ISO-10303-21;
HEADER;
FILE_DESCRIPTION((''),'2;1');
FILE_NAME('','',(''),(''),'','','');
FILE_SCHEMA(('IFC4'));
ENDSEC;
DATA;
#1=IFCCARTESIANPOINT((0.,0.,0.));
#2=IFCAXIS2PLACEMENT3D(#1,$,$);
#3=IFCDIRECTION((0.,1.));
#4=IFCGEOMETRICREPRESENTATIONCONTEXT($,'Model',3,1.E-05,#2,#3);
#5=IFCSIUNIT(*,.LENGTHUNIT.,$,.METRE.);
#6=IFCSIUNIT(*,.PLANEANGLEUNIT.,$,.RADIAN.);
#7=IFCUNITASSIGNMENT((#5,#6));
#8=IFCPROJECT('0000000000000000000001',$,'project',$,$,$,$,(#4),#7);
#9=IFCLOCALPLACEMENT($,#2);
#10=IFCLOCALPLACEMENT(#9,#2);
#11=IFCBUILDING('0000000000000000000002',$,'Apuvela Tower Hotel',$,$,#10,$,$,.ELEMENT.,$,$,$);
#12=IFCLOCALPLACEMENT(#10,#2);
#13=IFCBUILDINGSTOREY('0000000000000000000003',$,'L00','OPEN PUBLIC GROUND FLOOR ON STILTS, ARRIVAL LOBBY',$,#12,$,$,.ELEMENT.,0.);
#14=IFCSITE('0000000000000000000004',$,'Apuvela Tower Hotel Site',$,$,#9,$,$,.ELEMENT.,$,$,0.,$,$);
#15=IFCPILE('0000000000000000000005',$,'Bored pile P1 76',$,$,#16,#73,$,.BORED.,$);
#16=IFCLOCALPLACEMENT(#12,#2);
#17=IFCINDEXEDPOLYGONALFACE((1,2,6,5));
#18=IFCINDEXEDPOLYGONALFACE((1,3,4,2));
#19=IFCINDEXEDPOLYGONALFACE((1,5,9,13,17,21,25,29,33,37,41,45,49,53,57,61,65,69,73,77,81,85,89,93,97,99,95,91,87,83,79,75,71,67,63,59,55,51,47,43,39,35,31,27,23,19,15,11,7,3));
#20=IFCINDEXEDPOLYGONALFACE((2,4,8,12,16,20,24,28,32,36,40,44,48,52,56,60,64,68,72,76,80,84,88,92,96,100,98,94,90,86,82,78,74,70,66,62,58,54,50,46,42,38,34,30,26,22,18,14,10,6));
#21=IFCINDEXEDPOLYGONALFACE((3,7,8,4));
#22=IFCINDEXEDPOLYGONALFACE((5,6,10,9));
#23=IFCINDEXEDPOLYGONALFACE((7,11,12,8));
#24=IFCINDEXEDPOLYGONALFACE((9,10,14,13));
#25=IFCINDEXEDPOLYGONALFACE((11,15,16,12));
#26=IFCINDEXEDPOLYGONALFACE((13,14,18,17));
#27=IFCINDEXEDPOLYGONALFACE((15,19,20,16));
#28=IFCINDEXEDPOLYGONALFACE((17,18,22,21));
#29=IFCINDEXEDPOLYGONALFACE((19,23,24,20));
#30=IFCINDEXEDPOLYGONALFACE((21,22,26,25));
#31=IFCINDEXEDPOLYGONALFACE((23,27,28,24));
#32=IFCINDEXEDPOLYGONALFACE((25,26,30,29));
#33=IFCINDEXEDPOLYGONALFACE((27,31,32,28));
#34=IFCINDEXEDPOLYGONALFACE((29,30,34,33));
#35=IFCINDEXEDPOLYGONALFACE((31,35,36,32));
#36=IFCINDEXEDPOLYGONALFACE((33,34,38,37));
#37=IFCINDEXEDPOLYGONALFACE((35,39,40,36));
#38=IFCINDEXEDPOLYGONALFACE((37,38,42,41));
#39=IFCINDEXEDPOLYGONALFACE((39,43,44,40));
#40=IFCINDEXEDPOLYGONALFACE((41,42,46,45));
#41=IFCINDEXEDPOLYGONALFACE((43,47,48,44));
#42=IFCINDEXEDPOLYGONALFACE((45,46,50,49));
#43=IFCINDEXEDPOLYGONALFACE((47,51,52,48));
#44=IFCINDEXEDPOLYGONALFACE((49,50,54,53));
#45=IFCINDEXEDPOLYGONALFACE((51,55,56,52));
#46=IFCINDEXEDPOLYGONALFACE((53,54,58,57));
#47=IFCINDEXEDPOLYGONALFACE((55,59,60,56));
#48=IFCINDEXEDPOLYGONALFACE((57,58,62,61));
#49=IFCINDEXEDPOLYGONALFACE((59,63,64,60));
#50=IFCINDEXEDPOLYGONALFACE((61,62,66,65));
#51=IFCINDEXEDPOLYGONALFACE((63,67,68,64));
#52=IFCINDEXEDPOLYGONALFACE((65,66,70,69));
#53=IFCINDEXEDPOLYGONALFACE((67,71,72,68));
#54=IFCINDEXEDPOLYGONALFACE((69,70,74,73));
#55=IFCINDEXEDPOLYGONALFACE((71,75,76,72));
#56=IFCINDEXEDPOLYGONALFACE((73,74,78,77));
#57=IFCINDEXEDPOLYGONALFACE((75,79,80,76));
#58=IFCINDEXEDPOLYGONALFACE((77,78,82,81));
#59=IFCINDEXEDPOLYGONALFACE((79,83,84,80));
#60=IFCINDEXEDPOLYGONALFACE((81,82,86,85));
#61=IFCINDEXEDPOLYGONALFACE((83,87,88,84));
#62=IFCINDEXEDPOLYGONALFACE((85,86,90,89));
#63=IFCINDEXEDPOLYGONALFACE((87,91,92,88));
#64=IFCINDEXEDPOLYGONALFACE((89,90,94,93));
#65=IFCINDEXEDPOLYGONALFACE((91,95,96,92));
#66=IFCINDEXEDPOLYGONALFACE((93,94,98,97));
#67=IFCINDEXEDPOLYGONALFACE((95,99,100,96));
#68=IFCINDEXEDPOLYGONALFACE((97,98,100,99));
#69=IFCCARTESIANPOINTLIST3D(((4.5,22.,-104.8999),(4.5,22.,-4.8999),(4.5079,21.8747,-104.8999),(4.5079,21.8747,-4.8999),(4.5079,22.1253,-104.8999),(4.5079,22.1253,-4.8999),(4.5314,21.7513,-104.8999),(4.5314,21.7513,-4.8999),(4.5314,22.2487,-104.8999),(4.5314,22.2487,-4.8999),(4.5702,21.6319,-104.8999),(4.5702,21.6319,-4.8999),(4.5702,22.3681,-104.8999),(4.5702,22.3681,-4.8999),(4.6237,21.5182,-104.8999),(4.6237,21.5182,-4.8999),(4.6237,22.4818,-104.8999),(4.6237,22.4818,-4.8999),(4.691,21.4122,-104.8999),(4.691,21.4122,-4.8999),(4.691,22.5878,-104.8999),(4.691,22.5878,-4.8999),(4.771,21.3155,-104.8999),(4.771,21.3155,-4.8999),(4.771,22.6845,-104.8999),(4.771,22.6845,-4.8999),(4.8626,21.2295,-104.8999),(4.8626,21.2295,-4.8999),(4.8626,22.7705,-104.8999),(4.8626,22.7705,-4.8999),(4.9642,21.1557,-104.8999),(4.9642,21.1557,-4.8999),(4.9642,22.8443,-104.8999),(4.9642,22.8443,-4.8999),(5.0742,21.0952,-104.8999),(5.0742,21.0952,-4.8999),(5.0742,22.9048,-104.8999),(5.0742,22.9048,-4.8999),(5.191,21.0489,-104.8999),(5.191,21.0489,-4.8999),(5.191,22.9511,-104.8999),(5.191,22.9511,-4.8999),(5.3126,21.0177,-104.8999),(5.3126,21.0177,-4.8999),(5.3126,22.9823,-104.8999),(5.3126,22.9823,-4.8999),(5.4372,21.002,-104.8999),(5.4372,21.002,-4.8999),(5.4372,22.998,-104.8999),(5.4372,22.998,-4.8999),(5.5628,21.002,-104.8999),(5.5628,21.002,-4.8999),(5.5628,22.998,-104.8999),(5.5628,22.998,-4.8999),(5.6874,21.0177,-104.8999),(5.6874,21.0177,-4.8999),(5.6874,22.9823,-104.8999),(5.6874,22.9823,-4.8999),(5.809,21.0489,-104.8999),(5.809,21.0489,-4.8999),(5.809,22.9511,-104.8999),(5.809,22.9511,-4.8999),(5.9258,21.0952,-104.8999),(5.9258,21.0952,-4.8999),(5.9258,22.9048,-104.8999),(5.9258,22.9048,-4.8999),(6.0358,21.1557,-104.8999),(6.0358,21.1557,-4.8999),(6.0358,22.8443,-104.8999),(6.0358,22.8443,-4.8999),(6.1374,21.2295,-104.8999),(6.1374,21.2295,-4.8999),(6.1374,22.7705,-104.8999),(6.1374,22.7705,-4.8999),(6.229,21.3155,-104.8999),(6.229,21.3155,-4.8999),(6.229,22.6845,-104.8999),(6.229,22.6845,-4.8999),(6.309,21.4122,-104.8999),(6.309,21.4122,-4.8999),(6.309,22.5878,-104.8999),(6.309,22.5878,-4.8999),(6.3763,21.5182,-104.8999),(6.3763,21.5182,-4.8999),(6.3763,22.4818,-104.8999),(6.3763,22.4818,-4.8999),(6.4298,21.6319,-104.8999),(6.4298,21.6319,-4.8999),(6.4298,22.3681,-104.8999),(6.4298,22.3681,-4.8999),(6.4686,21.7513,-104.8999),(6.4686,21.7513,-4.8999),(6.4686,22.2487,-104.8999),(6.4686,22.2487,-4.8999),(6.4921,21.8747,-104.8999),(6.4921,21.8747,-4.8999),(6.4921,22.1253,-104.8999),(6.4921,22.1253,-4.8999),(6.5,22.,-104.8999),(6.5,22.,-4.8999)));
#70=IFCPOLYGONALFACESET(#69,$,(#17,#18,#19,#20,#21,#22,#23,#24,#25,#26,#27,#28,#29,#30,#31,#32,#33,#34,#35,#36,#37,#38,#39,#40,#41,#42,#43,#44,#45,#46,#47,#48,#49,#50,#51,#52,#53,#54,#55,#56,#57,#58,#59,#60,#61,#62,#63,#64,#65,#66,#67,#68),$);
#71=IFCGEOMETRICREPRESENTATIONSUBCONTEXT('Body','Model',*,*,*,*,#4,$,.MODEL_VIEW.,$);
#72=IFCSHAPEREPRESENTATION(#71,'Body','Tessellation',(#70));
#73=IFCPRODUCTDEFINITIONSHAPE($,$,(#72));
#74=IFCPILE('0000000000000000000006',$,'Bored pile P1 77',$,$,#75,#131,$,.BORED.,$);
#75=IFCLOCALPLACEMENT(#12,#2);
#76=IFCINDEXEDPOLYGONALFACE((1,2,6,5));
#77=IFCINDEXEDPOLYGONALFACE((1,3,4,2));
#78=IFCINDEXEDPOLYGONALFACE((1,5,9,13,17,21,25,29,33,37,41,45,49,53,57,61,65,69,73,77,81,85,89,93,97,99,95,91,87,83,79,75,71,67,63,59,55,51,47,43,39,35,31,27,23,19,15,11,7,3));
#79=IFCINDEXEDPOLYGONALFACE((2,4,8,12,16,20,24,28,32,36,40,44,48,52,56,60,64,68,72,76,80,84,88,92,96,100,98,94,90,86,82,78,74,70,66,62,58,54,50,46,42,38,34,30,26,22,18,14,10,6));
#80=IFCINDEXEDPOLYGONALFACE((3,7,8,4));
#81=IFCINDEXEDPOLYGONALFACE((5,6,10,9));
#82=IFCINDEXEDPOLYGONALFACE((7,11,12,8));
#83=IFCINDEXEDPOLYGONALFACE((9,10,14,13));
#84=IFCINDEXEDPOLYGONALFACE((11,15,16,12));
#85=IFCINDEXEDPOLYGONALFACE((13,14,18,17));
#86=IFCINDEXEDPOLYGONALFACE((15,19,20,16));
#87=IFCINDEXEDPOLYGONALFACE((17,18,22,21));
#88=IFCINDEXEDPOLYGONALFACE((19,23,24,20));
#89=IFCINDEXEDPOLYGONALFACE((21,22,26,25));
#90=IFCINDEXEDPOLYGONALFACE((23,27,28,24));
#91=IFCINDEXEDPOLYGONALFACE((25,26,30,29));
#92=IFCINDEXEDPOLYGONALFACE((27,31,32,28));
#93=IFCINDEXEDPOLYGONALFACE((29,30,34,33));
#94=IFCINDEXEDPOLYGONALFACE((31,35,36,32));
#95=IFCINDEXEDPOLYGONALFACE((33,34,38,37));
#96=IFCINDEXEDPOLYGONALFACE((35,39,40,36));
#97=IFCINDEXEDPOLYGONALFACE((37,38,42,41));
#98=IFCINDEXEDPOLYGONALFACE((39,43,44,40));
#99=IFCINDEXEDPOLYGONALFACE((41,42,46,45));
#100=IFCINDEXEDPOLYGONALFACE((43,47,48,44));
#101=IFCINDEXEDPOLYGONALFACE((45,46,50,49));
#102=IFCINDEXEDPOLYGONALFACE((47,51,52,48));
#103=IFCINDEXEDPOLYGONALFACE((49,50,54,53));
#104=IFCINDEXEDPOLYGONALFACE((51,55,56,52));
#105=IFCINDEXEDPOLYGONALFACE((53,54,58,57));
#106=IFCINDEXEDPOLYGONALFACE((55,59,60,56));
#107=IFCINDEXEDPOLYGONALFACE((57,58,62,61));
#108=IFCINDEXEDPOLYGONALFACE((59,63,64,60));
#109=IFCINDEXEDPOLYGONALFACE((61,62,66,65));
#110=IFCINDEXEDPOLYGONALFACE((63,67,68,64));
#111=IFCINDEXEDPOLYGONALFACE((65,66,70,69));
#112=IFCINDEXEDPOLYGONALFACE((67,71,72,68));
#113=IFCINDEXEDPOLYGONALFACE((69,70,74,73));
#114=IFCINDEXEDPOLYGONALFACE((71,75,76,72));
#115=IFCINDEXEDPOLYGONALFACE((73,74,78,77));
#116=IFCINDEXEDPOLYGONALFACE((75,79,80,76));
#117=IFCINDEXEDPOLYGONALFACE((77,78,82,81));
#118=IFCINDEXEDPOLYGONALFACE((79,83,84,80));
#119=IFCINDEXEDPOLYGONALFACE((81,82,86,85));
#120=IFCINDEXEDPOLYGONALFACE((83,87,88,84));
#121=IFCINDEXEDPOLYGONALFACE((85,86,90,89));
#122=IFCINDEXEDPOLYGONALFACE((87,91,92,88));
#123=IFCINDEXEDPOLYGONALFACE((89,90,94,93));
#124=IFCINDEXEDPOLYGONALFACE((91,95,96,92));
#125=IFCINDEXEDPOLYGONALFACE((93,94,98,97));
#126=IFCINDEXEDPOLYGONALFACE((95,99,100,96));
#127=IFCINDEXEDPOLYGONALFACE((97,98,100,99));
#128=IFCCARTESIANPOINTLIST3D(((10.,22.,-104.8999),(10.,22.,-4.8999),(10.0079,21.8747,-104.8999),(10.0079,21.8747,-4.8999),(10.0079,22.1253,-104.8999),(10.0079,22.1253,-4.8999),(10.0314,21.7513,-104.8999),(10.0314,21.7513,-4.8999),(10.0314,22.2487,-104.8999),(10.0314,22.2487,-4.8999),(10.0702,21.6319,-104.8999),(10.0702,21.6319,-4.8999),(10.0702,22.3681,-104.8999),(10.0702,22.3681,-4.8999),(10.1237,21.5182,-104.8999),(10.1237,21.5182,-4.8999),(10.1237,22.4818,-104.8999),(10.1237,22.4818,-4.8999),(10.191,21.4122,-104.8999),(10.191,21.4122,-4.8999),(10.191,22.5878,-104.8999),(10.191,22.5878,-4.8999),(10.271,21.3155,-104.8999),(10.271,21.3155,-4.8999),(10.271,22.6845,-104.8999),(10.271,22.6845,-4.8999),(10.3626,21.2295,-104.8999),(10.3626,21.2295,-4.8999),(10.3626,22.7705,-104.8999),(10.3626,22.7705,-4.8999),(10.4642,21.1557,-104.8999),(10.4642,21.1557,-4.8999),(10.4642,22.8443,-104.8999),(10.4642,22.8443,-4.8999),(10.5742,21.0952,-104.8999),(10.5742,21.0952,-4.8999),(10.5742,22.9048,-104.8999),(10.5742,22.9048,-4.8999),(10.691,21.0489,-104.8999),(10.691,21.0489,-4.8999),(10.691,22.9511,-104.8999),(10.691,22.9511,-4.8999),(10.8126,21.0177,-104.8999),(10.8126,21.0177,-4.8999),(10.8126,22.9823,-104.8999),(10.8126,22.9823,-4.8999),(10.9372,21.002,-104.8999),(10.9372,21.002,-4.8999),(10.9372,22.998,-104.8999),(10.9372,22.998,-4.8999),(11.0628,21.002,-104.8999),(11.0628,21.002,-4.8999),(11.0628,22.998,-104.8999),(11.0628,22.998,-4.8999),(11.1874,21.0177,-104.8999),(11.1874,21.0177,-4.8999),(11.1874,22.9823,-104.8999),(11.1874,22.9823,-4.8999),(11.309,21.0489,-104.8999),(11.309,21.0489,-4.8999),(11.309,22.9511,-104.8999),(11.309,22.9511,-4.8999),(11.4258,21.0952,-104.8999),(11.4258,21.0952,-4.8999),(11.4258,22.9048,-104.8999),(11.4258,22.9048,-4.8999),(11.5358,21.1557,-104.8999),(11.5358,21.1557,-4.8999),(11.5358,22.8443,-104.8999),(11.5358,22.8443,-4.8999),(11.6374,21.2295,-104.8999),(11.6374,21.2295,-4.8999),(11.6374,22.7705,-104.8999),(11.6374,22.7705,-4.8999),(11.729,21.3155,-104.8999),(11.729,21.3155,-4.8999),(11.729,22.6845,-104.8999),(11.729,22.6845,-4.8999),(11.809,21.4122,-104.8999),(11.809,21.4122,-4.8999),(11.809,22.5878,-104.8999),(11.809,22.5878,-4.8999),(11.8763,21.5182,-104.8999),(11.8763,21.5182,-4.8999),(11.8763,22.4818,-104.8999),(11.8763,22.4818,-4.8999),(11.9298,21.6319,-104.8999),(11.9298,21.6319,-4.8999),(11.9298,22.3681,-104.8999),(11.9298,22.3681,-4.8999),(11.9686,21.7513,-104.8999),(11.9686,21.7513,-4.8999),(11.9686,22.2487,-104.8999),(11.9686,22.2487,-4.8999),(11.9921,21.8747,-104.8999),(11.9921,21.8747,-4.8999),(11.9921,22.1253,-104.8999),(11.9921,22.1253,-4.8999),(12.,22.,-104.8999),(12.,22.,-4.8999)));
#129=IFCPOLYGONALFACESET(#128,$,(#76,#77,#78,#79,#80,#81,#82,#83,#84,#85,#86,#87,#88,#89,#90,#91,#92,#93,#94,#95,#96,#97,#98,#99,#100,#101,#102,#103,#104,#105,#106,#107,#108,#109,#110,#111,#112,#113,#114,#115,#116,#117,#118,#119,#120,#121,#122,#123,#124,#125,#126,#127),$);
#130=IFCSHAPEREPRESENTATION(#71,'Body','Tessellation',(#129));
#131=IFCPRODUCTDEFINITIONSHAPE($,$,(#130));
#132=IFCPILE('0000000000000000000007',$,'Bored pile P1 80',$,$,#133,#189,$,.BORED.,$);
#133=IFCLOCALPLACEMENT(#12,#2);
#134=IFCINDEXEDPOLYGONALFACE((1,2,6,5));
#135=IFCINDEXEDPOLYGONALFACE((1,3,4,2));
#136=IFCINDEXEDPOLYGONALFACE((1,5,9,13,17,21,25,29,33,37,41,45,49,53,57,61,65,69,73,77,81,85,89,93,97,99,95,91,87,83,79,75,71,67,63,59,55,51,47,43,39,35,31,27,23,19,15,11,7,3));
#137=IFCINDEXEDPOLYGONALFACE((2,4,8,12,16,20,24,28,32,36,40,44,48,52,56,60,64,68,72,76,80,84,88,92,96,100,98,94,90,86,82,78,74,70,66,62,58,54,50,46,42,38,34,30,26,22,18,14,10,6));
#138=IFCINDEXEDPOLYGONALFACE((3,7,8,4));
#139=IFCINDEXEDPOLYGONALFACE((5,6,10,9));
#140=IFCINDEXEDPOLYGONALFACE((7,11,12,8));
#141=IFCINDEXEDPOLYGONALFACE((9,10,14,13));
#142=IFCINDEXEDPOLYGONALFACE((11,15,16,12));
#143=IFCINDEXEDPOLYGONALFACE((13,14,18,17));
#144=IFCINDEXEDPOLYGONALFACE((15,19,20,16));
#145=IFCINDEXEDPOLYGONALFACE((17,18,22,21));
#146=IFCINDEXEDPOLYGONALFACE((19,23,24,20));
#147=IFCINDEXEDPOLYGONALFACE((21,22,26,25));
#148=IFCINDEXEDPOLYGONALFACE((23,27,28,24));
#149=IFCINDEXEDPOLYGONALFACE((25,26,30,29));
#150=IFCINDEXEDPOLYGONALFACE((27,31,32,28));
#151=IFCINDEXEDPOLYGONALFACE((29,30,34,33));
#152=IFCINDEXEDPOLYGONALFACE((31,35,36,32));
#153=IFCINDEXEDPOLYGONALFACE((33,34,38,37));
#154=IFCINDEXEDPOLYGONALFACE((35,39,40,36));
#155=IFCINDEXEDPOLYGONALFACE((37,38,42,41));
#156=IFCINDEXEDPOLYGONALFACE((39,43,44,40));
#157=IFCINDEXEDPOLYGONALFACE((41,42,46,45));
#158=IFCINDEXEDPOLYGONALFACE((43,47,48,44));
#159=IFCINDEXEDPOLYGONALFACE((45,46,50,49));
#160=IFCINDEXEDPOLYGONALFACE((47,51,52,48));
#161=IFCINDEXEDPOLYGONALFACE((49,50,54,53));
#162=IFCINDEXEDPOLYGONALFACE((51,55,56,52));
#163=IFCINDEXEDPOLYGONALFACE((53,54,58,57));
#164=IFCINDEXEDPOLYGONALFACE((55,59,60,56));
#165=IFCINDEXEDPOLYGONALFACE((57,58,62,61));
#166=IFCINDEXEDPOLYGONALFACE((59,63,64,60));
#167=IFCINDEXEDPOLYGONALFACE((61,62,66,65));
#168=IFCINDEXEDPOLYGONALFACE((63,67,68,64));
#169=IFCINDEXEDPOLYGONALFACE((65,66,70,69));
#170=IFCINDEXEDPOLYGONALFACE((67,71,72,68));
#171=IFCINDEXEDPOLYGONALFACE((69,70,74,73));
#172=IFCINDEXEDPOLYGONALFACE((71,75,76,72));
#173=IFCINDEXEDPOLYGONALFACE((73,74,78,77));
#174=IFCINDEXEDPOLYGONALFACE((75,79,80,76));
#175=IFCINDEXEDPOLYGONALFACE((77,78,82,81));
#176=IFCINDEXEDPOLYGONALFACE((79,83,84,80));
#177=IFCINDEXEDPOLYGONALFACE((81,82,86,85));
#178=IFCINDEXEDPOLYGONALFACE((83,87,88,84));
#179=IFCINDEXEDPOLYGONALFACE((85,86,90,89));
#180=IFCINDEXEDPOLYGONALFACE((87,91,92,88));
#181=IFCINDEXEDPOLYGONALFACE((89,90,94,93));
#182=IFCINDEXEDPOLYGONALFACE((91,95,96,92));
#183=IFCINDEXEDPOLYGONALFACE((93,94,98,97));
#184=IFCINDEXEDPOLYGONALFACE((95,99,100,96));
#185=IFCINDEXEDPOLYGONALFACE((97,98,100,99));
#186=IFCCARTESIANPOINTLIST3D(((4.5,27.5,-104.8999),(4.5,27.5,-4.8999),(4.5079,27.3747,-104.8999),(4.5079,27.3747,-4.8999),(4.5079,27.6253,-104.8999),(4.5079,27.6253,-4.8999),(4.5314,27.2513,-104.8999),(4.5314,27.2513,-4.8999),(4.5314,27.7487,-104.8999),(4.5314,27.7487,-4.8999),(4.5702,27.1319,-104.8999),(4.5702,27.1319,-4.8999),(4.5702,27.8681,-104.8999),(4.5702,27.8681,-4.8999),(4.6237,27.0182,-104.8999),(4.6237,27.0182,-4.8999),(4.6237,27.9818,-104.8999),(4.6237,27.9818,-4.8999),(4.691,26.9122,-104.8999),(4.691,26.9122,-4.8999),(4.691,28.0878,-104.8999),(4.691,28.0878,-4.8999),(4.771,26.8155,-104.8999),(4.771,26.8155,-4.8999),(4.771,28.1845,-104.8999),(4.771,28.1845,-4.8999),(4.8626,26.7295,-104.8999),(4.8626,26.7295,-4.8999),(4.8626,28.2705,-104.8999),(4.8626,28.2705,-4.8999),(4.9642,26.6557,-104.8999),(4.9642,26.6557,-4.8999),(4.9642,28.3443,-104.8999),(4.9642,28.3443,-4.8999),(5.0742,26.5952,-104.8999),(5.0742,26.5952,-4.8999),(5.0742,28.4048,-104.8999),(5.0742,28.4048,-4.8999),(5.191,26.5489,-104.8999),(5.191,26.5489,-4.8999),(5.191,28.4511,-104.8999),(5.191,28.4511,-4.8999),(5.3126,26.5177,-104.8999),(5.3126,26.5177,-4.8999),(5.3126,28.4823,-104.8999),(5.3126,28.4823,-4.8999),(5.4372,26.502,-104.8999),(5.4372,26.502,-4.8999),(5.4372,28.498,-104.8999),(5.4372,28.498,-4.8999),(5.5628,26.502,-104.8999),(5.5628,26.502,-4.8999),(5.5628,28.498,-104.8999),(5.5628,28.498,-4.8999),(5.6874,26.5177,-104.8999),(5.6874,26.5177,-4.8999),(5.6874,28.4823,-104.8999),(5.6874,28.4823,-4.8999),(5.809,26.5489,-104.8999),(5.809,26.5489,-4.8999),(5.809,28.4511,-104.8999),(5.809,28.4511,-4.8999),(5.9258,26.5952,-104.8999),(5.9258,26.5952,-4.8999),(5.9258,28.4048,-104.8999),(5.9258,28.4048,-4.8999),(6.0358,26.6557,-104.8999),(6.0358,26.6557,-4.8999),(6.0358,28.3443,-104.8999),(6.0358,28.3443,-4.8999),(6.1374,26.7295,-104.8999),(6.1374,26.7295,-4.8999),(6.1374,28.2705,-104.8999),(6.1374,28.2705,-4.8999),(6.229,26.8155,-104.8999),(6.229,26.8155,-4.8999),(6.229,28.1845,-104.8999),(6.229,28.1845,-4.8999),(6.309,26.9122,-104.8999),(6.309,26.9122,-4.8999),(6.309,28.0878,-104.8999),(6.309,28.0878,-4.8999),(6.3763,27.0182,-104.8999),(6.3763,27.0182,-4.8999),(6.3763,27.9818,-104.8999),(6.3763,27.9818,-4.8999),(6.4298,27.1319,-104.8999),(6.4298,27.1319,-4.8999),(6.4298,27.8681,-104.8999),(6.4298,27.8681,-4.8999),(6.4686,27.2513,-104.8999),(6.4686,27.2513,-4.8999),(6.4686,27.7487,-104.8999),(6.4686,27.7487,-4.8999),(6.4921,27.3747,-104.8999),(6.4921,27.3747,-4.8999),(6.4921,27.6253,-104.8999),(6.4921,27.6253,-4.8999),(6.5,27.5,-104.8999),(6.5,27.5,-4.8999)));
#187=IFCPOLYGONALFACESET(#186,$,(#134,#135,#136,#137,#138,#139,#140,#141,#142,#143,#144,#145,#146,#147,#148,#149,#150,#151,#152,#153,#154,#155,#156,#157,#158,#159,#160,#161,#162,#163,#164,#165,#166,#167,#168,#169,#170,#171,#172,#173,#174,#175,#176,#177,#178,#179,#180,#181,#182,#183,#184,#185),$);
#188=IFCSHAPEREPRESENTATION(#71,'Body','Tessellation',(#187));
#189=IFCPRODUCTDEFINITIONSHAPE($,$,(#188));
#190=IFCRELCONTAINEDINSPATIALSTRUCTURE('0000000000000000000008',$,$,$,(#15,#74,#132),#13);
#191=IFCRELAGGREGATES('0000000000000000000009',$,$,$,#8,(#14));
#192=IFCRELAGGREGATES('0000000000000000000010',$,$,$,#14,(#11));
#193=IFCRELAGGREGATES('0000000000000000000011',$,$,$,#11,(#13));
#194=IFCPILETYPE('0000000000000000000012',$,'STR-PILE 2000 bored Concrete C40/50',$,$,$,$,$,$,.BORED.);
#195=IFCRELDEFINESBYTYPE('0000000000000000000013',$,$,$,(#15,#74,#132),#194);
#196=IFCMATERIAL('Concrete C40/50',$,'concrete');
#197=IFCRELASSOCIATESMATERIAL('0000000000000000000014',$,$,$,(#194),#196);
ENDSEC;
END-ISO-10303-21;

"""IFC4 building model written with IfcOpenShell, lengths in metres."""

from ifc_helpers import new_model, si_unit, direction, frame, origin, origin_2d, place, context, subcontext, project, spatial, circle, extrude, material, material_profile, profile_set, type_object, element, save


model = new_model("IFC4")

# Units and contexts
model_context = context("Model", 3, precision=1e-05, world=origin(), true_north=direction((0.0, 1.0)))
body_context = subcontext(model_context, "Body", "Model", "MODEL_VIEW")
ifc_project = project(units=[si_unit("LENGTHUNIT", "METRE"), si_unit("PLANEANGLEUNIT", "RADIAN")], contexts=[model_context])

# Site, building, storey
site_placement = place(None, origin())
site = spatial("IfcSite", under=ifc_project, at=site_placement, Name="Apuvela Tower Hotel Site", CompositionType="ELEMENT", RefElevation=0.0)
building_placement = place(site_placement, origin())
building = spatial("IfcBuilding", under=site, at=building_placement, Name="Apuvela Tower Hotel", CompositionType="ELEMENT")
storey_placement = place(building_placement, origin())
storey = spatial("IfcBuildingStorey", under=building, at=storey_placement, Name="L00", Description="OPEN PUBLIC GROUND FLOOR ON STILTS, ARRIVAL LOBBY", CompositionType="ELEMENT", Elevation=0.0)

# Piles
ifc_material_1 = material(Name="Concrete C40/50", Category="concrete")
ifc_material_profile_1 = material_profile(ifc_material_1, circle(Radius=1.0, at=origin_2d()), Name="PILE 2000")
ifc_profile_set_1 = profile_set([ifc_material_profile_1], Name="Concrete C40/50")
pile_type = type_object("IfcPileType", Name="STR-PILE 2000 bored Concrete C40/50", PredefinedType="BORED", material=ifc_profile_set_1)
for number, where, z_axis, x_axis, name in (
    (1, (5.5, 22.0, -4.8999), (0.0, 0.0, -1.0), (1.0, 0.0, 0.0), "Bored pile P1 76"),
    (2, (11.0, 22.0, -4.8999), (0.0, 0.0, -1.0), (1.0, 0.0, 0.0), "Bored pile P1 77"),
    (3, (5.5, 27.5, -4.8999), (0.0, 0.0, -1.0), (1.0, 0.0, 0.0), "Bored pile P1 80"),
):
    element("IfcPile", number, at=place(storey_placement, frame(where, z_axis=z_axis, x_axis=x_axis)), inside=storey, type_object=pile_type, Name=name, PredefinedType="BORED", context=body_context, shape_type="SweptSolid", body=[
        extrude(circle(Radius=1.0, at=origin_2d()), origin(), (0.0, 0.0, 1.0), 100.0),
    ])

save(model, "model.ifc")
